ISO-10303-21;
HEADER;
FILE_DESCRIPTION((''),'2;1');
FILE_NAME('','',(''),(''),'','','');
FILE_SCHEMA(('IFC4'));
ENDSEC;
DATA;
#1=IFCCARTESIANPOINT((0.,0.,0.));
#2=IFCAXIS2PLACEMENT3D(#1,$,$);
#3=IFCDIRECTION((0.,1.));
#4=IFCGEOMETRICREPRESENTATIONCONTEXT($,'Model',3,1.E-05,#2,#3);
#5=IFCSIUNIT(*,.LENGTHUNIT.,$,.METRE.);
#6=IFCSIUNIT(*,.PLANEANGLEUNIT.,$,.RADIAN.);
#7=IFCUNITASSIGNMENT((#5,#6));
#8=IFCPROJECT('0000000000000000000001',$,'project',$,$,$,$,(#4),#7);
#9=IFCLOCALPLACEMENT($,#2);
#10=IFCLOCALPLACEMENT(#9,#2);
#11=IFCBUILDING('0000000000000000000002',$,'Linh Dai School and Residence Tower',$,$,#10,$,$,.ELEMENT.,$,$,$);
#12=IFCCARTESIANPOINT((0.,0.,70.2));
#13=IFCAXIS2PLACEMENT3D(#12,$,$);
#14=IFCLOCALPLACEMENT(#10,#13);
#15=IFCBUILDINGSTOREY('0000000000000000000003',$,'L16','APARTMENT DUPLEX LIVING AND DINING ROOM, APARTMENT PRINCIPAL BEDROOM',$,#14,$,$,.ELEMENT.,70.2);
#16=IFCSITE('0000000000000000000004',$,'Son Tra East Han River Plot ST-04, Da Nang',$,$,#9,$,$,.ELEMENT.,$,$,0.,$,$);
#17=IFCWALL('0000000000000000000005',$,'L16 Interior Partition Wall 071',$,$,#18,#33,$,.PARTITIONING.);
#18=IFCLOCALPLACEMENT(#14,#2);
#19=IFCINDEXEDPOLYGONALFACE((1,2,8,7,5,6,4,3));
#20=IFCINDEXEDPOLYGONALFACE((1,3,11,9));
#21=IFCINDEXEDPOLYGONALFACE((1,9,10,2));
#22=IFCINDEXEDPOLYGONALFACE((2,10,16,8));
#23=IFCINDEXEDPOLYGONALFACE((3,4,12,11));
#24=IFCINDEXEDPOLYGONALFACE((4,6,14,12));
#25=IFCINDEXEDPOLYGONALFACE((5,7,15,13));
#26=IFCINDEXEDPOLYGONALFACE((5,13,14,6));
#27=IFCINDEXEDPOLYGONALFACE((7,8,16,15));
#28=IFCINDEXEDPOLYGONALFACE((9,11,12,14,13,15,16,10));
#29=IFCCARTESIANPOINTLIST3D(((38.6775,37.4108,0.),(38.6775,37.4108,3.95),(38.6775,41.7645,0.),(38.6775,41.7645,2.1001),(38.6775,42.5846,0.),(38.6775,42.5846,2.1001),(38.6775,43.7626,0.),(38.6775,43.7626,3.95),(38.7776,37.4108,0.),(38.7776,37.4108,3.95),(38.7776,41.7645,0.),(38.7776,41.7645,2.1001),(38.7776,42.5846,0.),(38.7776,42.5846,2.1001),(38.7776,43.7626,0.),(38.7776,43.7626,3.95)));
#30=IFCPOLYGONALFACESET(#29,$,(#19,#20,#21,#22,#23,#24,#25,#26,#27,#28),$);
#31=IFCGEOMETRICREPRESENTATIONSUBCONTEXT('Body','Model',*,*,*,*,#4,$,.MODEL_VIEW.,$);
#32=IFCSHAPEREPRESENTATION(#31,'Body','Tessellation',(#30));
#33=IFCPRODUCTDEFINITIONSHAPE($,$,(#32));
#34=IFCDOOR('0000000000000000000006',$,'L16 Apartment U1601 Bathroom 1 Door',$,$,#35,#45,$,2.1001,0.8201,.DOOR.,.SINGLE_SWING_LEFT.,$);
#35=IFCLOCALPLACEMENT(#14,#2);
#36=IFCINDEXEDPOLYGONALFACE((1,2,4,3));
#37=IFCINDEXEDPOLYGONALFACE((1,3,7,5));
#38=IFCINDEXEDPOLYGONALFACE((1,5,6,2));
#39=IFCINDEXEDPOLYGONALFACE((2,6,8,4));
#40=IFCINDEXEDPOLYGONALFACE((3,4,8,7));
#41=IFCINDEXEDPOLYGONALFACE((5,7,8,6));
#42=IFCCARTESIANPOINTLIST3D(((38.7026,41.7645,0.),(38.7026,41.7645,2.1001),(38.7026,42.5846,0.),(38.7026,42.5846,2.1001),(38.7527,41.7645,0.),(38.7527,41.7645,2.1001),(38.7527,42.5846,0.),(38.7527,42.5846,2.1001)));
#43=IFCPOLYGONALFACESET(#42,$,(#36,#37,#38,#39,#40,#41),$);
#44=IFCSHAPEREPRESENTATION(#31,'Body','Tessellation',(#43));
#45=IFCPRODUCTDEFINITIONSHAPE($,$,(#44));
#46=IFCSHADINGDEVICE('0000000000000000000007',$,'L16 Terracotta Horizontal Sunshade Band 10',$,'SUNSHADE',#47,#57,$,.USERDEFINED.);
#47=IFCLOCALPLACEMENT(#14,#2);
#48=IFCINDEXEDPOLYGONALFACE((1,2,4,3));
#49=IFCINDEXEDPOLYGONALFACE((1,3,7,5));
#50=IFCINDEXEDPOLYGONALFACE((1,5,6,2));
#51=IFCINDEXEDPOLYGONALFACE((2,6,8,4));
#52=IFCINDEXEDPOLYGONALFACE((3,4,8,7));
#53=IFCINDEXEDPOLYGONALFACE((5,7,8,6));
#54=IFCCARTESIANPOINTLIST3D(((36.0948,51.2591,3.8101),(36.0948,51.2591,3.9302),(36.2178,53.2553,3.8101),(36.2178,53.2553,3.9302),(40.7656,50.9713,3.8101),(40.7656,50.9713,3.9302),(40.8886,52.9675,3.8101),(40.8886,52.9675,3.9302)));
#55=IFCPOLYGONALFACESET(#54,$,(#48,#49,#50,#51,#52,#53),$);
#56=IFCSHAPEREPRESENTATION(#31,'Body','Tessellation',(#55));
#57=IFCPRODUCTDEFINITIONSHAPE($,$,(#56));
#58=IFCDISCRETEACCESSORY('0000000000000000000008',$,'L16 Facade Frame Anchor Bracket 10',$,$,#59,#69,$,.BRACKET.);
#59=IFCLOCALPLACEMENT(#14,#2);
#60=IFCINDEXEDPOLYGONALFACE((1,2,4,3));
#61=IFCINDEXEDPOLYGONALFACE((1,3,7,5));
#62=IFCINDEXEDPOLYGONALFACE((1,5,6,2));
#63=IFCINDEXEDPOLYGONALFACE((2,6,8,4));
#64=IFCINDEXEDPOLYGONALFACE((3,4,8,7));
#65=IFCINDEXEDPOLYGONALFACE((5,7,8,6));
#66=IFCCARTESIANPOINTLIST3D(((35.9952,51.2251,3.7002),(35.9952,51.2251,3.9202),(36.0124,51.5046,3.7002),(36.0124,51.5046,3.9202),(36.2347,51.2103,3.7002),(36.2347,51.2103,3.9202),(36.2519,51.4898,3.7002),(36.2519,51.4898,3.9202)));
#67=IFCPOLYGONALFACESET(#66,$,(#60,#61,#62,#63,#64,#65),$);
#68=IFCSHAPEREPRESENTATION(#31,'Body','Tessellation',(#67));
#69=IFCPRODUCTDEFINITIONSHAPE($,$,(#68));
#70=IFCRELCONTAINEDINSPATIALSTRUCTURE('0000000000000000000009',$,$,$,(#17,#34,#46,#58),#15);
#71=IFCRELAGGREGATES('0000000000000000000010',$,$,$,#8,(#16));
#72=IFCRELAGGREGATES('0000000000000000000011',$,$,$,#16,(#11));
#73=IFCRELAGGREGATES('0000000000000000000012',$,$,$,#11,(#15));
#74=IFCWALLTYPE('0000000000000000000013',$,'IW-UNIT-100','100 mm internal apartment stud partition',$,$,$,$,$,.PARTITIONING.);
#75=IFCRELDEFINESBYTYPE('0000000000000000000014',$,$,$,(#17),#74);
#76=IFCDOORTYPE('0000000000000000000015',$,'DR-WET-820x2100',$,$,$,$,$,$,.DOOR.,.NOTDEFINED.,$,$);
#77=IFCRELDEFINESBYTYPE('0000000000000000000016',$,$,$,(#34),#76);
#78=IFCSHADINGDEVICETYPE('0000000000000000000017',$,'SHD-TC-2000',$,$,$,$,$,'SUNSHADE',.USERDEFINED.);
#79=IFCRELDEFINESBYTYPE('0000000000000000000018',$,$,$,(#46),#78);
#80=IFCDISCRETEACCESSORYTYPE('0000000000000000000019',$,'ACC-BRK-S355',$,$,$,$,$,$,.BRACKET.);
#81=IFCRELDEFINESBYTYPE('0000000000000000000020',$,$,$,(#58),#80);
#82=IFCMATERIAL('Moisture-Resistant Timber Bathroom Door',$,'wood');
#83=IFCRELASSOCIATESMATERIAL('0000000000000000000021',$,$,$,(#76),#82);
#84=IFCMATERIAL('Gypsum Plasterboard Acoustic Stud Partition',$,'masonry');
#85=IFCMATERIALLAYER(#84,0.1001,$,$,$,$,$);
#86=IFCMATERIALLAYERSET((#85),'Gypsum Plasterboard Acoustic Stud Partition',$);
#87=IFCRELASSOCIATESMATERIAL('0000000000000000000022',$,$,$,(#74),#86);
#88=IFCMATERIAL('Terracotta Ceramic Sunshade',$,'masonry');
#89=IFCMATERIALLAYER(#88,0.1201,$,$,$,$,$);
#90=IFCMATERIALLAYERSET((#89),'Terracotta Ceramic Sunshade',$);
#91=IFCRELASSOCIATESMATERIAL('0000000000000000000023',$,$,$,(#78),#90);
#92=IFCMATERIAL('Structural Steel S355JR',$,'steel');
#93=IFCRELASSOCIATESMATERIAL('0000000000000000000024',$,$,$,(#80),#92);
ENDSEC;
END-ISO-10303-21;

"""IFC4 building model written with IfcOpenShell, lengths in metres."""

from ifc_helpers import new_model, si_unit, direction, frame, frame_2d, origin, origin_2d, place, context, subcontext, project, spatial, rectangle, extrude, source, transform, mapped, material, layer, layer_set, type_object, element, fill, save


model = new_model("IFC4")

# Units and contexts
model_context = context("Model", 3, precision=1e-05, world=origin(), true_north=direction((0.0, 1.0)))
body_context = subcontext(model_context, "Body", "Model", "MODEL_VIEW")
ifc_project = project(units=[si_unit("LENGTHUNIT", "METRE"), si_unit("PLANEANGLEUNIT", "RADIAN")], contexts=[model_context])

# Site, building, storey
site_placement = place(None, origin())
site = spatial("IfcSite", under=ifc_project, at=site_placement, Name="Son Tra East Han River Plot ST-04, Da Nang", CompositionType="ELEMENT", RefElevation=0.0)
building_placement = place(site_placement, origin())
building = spatial("IfcBuilding", under=site, at=building_placement, Name="Linh Dai School and Residence Tower", CompositionType="ELEMENT")
storey_placement = place(building_placement, frame((0.0, 0.0, 70.2)))
storey = spatial("IfcBuildingStorey", under=building, at=storey_placement, Name="L16", Description="APARTMENT DUPLEX LIVING AND DINING ROOM, APARTMENT PRINCIPAL BEDROOM", CompositionType="ELEMENT", Elevation=70.2)

# Shared definitions
ifc_material_1 = material(Name="Structural Steel S355JR", Category="steel")

# Shared definitions
ifc_material_2 = material(Name="Moisture-Resistant Timber Bathroom Door", Category="wood")
door_type_1 = type_object("IfcDoorType", Name="DR-WET-820x2100", OperationType="NOTDEFINED", PredefinedType="DOOR", material=ifc_material_2)
shared_shape_1 = source(origin(), body_context, "Body", "SweptSolid", [
    extrude(rectangle(XDim=0.8201, YDim=2.1001, at=origin_2d()), frame((0.4102, 0.0249, 1.05), z_axis=(0.0, -1.0, 0.0), x_axis=(1.0, 0.0, 0.0)), (0.0, 0.0, 1.0), 0.05),
])

# Shared definitions
ifc_material_3 = material(Name="Gypsum Plasterboard Acoustic Stud Partition", Category="masonry")
ifc_layer_1 = layer(ifc_material_3, 0.1001)
ifc_layer_set_1 = layer_set([ifc_layer_1], Name="Gypsum Plasterboard Acoustic Stud Partition")
wall_type_1 = type_object("IfcWallType", Name="IW-UNIT-100", Description="100 mm internal apartment stud partition", PredefinedType="PARTITIONING", material=ifc_layer_set_1)

# Wall, opening, door
wall_1_placement = place(storey_placement, frame((38.7275, 37.4109, 0.0), z_axis=(0.0, 0.0, 1.0), x_axis=(0.0, 1.0, 0.0)))
wall_1 = element("IfcWall", 1, at=wall_1_placement, inside=storey, type_object=wall_type_1, Name="L16 Interior Partition Wall 071", PredefinedType="PARTITIONING", context=body_context, shape_type="SweptSolid", body=[
    extrude(rectangle(XDim=6.3518, YDim=0.1001, at=frame_2d((3.1758, 0.0))), origin(), (0.0, 0.0, 1.0), 3.95),
])
opening_1_placement = place(wall_1_placement, frame((4.3535, 0.0, 0.0)))
opening_1 = element("IfcOpeningElement", 2, at=opening_1_placement, cuts=wall_1, PredefinedType="OPENING", context=body_context, shape_type="SweptSolid", body=[
    extrude(rectangle(XDim=0.8201, YDim=2.1001, at=origin_2d()), frame((0.4102, 0.0601, 1.05), z_axis=(0.0, -1.0, 0.0), x_axis=(1.0, 0.0, 0.0)), (0.0, 0.0, 1.0), 0.1201),
])
door_1_placement = place(opening_1_placement, origin())
door_1 = element("IfcDoor", 3, at=door_1_placement, inside=storey, type_object=door_type_1, Name="L16 Apartment U1601 Bathroom 1 Door", OperationType="SINGLE_SWING_LEFT", OverallHeight=2.1001, OverallWidth=0.8201, PredefinedType="DOOR", context=body_context, shape_type="MappedRepresentation", body=[
    mapped(shared_shape_1, transform((0.0, 0.0, 0.0), x_axis=(1.0, 0.0, 0.0), y_axis=(0.0, 1.0, 0.0), z_axis=(0.0, 0.0, 1.0), scale=1.0)),
])
fill(opening_1, door_1)

# Shading device
ifc_material_4 = material(Name="Terracotta Ceramic Sunshade", Category="masonry")
ifc_layer_2 = layer(ifc_material_4, 0.1201)
ifc_layer_set_2 = layer_set([ifc_layer_2], Name="Terracotta Ceramic Sunshade")
shading_device_type = type_object("IfcShadingDeviceType", Name="SHD-TC-2000", ElementType="SUNSHADE", PredefinedType="USERDEFINED", material=ifc_layer_set_2)
shared_shape_2 = source(origin(), body_context, "Body", "SweptSolid", [
    extrude(rectangle(XDim=4.6797, YDim=2.0, at=origin_2d()), origin(), (0.0, 0.0, 1.0), 0.1201),
])
shading_device_placement = place(storey_placement, frame((38.4917, 52.1133, 3.8101), z_axis=(0.0, 0.0, 1.0), x_axis=(0.998107, -0.061507, 0.0)))
element("IfcShadingDevice", 4, at=shading_device_placement, inside=storey, type_object=shading_device_type, Name="L16 Terracotta Horizontal Sunshade Band 10", ObjectType="SUNSHADE", PredefinedType="USERDEFINED", context=body_context, shape_type="MappedRepresentation", body=[
    mapped(shared_shape_2, transform((0.0, 0.0, 0.0), x_axis=(1.0, 0.0, 0.0), y_axis=(0.0, 1.0, 0.0), z_axis=(0.0, 0.0, 1.0), scale=1.0)),
])

# Discrete accessory
discrete_accessory_type = type_object("IfcDiscreteAccessoryType", Name="ACC-BRK-S355", PredefinedType="BRACKET", material=ifc_material_1)
shared_shape_3 = source(origin(), body_context, "Body", "SweptSolid", [
    extrude(rectangle(XDim=0.28, YDim=0.24, at=origin_2d()), origin(), (0.0, 0.0, 1.0), 0.22),
])
discrete_accessory_placement = place(storey_placement, frame((36.1235, 51.3574, 3.7002), z_axis=(0.0, 0.0, 1.0), x_axis=(0.061507, 0.998107, 0.0)))
element("IfcDiscreteAccessory", 5, at=discrete_accessory_placement, inside=storey, type_object=discrete_accessory_type, Name="L16 Facade Frame Anchor Bracket 10", PredefinedType="BRACKET", context=body_context, shape_type="MappedRepresentation", body=[
    mapped(shared_shape_3, transform((0.0, 0.0, 0.0), x_axis=(1.0, 0.0, 0.0), y_axis=(0.0, 1.0, 0.0), z_axis=(0.0, 0.0, 1.0), scale=1.0)),
])

save(model, "model.ifc")
